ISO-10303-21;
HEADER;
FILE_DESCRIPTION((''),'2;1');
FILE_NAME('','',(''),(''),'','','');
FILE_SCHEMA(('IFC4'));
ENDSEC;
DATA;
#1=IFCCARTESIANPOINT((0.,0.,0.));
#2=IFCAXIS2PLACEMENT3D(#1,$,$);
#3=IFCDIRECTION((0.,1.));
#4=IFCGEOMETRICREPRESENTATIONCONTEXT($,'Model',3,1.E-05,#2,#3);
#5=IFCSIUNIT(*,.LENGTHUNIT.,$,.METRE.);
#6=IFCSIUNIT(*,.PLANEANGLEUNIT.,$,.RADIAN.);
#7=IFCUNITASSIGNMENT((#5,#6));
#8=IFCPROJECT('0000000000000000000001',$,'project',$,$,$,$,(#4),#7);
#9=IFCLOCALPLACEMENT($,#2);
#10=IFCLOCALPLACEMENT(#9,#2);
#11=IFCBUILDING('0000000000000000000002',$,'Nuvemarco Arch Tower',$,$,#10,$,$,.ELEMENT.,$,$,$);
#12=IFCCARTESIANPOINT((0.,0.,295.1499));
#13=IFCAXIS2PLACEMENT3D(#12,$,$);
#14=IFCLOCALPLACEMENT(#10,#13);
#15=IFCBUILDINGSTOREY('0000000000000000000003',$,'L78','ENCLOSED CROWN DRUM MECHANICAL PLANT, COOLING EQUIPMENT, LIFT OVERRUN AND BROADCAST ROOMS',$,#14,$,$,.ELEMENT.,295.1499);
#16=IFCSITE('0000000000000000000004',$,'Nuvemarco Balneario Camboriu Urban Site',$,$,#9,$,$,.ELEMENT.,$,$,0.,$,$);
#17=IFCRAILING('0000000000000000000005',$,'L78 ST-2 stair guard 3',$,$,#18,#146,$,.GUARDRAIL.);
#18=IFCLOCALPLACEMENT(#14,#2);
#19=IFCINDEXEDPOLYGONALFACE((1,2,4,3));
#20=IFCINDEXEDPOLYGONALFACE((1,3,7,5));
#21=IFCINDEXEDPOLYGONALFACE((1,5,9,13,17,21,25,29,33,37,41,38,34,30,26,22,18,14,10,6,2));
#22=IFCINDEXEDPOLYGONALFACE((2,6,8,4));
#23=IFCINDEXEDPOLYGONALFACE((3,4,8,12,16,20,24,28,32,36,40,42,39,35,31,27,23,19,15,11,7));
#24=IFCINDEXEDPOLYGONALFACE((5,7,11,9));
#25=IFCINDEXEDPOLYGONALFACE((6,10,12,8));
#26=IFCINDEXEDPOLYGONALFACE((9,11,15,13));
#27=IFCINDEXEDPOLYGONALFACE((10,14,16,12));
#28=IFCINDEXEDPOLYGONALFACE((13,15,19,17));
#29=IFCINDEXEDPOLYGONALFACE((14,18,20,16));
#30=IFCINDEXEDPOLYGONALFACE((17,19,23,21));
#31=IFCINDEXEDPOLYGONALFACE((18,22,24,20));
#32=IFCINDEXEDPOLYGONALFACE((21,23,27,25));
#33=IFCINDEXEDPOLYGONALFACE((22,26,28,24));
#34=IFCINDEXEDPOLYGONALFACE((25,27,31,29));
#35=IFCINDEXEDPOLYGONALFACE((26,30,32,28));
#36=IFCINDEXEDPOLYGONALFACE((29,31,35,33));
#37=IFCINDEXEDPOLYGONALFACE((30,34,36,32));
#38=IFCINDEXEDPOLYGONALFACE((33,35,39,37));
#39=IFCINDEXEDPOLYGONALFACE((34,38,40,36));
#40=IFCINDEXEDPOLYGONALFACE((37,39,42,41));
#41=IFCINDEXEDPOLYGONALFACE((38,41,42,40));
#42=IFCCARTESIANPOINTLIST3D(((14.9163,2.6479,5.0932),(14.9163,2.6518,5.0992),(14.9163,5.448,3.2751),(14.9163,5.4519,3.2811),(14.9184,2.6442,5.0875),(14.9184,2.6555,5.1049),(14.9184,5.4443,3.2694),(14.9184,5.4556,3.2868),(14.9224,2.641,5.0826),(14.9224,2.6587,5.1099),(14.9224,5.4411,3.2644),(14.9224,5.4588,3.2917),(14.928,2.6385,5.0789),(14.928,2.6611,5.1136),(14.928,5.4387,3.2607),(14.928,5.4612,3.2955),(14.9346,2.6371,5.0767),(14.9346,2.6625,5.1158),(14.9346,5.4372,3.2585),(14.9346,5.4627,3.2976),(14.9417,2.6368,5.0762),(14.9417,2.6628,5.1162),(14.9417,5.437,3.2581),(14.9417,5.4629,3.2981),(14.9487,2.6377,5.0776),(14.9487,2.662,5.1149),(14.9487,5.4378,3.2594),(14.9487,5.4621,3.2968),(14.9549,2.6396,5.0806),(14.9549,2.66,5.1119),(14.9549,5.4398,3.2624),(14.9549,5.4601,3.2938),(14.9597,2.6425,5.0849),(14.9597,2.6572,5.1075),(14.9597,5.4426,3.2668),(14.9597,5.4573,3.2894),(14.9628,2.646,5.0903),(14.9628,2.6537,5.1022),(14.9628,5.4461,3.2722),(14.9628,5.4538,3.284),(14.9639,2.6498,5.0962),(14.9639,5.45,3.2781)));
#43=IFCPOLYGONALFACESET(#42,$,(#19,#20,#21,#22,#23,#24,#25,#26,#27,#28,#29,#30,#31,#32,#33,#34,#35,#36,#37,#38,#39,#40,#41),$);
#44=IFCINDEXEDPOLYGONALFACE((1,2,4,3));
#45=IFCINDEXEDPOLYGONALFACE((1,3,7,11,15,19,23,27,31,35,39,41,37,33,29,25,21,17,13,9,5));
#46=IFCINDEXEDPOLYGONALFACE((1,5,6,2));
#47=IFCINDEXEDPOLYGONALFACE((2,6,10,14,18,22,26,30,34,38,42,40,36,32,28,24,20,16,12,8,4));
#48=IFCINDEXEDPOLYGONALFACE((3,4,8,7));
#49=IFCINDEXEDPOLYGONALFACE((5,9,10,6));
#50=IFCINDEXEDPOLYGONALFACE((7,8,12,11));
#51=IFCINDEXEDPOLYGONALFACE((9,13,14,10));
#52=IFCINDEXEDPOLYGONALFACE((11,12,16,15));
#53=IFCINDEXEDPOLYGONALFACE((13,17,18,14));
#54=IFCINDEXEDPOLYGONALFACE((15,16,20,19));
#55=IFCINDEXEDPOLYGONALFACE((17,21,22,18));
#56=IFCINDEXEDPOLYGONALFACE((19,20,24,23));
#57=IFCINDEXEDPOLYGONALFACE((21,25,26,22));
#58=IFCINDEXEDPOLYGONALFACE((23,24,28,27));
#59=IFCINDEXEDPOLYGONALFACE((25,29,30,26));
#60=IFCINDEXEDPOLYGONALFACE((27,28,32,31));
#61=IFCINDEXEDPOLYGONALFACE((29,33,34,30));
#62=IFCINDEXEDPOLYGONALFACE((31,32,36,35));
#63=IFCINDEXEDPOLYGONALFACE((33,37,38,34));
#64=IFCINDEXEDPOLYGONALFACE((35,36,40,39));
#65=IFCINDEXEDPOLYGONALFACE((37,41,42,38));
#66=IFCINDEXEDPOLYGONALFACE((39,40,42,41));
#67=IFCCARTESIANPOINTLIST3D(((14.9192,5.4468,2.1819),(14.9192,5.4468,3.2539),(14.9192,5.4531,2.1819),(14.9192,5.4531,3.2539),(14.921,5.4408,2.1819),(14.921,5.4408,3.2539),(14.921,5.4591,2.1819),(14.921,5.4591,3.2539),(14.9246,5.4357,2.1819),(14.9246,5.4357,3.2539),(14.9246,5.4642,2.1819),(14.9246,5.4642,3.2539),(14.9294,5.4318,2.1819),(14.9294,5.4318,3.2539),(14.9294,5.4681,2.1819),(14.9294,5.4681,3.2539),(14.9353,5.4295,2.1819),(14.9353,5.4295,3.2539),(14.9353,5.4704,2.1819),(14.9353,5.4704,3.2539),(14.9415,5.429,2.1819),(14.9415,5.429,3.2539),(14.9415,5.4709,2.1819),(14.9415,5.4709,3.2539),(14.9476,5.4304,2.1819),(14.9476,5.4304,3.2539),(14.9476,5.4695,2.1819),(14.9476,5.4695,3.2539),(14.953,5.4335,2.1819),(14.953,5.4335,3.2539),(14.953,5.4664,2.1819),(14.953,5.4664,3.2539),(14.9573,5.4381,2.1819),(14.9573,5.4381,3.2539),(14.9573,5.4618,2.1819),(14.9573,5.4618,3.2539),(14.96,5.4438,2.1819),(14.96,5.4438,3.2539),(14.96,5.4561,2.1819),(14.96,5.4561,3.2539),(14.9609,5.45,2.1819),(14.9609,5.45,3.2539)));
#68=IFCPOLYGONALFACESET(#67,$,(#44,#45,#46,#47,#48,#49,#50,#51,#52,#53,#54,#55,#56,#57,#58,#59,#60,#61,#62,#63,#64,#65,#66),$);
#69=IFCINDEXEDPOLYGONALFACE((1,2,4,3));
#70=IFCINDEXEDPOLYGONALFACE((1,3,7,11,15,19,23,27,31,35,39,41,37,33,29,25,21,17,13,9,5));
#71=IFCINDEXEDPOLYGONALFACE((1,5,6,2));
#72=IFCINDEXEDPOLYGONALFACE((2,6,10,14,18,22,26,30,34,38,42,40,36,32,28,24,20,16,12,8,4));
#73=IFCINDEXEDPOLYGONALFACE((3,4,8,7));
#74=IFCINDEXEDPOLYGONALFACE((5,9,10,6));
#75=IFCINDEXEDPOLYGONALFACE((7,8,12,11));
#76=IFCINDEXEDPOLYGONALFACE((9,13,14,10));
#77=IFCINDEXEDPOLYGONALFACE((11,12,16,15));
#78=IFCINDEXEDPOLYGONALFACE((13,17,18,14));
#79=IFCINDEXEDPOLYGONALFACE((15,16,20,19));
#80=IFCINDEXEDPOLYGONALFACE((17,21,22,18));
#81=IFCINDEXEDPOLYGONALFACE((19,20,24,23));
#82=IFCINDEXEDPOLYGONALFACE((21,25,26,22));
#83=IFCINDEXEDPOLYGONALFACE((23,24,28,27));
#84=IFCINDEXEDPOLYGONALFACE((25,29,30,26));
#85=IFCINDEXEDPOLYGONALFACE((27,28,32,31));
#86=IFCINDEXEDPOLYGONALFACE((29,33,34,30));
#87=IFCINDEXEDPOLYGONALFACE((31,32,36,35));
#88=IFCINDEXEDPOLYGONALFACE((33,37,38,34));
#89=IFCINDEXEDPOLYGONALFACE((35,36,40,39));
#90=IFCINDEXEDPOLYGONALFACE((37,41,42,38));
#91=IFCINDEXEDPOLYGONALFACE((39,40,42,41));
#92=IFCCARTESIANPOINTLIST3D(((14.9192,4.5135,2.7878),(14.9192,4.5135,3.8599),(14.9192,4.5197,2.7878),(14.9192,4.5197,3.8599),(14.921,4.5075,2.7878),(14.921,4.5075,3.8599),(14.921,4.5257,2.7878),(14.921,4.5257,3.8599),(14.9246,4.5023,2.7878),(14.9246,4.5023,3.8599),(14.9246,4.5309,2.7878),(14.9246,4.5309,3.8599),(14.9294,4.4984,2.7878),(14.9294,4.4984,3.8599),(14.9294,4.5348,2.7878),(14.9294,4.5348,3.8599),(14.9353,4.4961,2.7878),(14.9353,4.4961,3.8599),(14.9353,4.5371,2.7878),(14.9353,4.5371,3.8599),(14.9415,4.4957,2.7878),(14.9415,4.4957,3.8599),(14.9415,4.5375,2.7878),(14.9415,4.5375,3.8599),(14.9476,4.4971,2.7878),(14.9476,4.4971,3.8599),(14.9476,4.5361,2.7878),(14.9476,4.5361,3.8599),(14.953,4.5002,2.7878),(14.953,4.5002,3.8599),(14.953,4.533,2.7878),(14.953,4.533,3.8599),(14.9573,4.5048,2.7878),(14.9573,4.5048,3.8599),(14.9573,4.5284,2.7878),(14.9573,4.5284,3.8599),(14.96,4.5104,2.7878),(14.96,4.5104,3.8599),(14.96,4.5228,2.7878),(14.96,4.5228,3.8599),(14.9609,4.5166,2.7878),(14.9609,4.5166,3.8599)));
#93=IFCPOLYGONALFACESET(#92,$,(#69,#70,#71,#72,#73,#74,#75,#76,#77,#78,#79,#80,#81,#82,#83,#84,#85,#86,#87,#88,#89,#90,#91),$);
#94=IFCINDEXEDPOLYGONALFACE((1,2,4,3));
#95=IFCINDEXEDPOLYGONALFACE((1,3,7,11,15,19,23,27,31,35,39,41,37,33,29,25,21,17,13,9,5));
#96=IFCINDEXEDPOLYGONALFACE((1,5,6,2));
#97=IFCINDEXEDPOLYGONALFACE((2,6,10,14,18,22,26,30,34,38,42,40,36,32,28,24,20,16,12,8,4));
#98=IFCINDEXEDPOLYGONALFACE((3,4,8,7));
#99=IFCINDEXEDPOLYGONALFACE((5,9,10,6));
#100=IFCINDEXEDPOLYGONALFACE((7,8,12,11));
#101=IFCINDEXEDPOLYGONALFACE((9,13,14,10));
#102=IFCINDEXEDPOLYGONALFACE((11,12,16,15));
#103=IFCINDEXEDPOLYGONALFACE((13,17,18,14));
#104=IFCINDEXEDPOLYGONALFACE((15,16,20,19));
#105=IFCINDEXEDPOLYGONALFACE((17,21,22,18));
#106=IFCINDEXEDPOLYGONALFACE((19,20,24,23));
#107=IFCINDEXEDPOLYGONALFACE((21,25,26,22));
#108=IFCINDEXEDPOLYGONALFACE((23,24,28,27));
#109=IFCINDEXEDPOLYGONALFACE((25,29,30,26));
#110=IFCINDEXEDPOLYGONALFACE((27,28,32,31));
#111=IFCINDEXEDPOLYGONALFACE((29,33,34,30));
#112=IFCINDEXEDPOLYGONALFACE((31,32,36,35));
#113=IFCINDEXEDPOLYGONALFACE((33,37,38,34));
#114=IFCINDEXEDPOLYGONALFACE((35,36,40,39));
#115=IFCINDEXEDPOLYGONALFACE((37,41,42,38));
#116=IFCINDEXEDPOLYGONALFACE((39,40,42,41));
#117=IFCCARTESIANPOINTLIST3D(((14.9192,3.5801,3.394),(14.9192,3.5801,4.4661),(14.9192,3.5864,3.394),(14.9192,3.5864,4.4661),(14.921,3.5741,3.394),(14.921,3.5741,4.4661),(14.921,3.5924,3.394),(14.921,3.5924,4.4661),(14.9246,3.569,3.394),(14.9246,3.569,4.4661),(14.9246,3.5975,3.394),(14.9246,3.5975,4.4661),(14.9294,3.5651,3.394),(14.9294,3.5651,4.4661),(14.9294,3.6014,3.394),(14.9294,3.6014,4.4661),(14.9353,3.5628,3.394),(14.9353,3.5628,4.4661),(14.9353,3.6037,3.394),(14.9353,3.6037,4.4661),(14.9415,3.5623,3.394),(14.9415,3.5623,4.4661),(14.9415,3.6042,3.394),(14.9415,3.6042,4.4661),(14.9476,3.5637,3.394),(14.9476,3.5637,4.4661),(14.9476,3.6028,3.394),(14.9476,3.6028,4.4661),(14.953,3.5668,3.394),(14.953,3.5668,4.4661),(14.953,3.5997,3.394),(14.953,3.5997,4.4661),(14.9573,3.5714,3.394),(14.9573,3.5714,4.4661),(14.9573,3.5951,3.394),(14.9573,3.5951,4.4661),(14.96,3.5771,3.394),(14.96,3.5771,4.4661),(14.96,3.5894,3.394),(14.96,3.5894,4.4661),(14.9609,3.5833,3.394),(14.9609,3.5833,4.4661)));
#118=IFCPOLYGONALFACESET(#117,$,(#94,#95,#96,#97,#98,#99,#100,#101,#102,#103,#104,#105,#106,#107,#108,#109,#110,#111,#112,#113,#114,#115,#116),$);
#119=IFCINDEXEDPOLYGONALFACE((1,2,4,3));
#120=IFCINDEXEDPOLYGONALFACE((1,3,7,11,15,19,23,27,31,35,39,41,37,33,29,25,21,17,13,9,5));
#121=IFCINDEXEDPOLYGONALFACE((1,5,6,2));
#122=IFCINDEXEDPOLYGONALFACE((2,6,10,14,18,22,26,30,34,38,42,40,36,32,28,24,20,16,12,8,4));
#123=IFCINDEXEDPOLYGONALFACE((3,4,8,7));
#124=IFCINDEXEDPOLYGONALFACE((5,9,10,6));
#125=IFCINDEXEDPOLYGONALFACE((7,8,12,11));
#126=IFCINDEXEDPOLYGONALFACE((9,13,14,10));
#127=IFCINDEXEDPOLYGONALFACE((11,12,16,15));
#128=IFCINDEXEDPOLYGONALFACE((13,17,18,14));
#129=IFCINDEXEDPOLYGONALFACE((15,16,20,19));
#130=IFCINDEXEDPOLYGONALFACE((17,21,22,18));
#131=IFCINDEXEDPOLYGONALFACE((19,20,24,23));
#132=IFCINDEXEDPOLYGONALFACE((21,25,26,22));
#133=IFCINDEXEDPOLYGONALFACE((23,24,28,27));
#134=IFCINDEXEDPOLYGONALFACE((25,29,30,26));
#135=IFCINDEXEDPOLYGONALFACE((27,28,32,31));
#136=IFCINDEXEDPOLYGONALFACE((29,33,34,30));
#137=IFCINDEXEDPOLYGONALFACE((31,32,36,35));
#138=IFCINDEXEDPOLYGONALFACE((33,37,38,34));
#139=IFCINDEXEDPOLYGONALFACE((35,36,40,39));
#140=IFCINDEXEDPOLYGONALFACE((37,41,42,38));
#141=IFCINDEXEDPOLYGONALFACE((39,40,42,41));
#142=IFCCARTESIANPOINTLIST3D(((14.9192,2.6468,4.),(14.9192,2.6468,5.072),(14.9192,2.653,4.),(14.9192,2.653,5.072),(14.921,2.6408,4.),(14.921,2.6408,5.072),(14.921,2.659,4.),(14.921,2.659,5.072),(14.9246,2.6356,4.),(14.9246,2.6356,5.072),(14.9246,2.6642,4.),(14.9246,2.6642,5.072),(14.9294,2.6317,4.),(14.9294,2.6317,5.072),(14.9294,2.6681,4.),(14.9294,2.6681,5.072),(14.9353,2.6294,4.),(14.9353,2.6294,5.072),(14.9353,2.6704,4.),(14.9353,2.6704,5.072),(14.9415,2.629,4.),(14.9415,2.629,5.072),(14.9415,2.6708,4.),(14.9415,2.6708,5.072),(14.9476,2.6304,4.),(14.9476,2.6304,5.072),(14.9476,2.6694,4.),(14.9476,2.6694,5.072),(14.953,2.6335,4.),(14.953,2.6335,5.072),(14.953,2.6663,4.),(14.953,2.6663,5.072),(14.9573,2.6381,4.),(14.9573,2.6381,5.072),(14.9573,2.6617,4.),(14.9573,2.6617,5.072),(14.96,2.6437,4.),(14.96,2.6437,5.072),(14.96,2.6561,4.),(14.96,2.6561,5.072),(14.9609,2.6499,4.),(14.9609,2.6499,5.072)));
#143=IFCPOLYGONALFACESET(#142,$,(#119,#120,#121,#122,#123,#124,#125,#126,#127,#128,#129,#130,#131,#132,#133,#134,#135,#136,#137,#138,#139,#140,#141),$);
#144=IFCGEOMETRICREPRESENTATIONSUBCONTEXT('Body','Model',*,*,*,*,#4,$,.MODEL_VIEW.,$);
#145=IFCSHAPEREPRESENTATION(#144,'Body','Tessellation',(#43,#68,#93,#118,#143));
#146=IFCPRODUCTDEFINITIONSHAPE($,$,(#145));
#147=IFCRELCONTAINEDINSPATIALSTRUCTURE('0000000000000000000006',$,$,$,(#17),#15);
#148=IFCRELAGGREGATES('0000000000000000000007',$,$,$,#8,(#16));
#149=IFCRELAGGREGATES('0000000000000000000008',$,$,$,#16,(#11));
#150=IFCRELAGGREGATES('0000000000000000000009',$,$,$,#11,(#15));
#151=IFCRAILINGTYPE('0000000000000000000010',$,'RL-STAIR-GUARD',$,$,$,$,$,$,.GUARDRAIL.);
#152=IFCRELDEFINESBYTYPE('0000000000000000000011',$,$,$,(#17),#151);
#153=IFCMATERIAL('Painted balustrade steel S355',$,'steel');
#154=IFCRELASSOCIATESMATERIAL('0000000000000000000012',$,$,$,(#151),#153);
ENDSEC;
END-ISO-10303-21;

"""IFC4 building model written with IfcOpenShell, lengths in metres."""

from ifc_helpers import new_model, si_unit, direction, frame, origin, origin_2d, place, context, subcontext, project, spatial, circle, extrude, material, type_object, element, save


model = new_model("IFC4")

# Units and contexts
model_context = context("Model", 3, precision=1e-05, world=origin(), true_north=direction((0.0, 1.0)))
body_context = subcontext(model_context, "Body", "Model", "MODEL_VIEW")
ifc_project = project(units=[si_unit("LENGTHUNIT", "METRE"), si_unit("PLANEANGLEUNIT", "RADIAN")], contexts=[model_context])

# Site, building, storey
site_placement = place(None, origin())
site = spatial("IfcSite", under=ifc_project, at=site_placement, Name="Nuvemarco Balneario Camboriu Urban Site", CompositionType="ELEMENT", RefElevation=0.0)
building_placement = place(site_placement, origin())
building = spatial("IfcBuilding", under=site, at=building_placement, Name="Nuvemarco Arch Tower", CompositionType="ELEMENT")
storey_placement = place(building_placement, frame((0.0, 0.0, 295.1499)))
storey = spatial("IfcBuildingStorey", under=building, at=storey_placement, Name="L78", Description="ENCLOSED CROWN DRUM MECHANICAL PLANT, COOLING EQUIPMENT, LIFT OVERRUN AND BROADCAST ROOMS", CompositionType="ELEMENT", Elevation=295.1499)

# Railing
ifc_material_1 = material(Name="Painted balustrade steel S355", Category="steel")
railing_type_1 = type_object("IfcRailingType", Name="RL-STAIR-GUARD", PredefinedType="GUARDRAIL", material=ifc_material_1)
railing_1_placement = place(storey_placement, frame((14.9399, 5.45, 2.1819)))
element("IfcRailing", 1, at=railing_1_placement, inside=storey, type_object=railing_type_1, Name="L78 ST-2 stair guard 3", PredefinedType="GUARDRAIL", context=body_context, shape_type="SweptSolid", body=[
    extrude(circle(Radius=0.0239, at=origin_2d()), frame((0.0, 0.0, 1.0962), z_axis=(0.0, -0.838706, 0.544585), x_axis=(1.0, 0.0, 0.0)), (0.0, 0.0, 1.0), 3.3386),
    extrude(circle(Radius=0.021, at=origin_2d()), origin(), (0.0, 0.0, 1.0), 1.072),
    extrude(circle(Radius=0.021, at=origin_2d()), frame((0.0, -0.9333, 0.606)), (0.0, 0.0, 1.0), 1.072),
    extrude(circle(Radius=0.021, at=origin_2d()), frame((0.0, -1.8667, 1.2122)), (0.0, 0.0, 1.0), 1.072),
    extrude(circle(Radius=0.021, at=origin_2d()), frame((0.0, -2.8, 1.8181)), (0.0, 0.0, 1.0), 1.072),
])

save(model, "model.ifc")
